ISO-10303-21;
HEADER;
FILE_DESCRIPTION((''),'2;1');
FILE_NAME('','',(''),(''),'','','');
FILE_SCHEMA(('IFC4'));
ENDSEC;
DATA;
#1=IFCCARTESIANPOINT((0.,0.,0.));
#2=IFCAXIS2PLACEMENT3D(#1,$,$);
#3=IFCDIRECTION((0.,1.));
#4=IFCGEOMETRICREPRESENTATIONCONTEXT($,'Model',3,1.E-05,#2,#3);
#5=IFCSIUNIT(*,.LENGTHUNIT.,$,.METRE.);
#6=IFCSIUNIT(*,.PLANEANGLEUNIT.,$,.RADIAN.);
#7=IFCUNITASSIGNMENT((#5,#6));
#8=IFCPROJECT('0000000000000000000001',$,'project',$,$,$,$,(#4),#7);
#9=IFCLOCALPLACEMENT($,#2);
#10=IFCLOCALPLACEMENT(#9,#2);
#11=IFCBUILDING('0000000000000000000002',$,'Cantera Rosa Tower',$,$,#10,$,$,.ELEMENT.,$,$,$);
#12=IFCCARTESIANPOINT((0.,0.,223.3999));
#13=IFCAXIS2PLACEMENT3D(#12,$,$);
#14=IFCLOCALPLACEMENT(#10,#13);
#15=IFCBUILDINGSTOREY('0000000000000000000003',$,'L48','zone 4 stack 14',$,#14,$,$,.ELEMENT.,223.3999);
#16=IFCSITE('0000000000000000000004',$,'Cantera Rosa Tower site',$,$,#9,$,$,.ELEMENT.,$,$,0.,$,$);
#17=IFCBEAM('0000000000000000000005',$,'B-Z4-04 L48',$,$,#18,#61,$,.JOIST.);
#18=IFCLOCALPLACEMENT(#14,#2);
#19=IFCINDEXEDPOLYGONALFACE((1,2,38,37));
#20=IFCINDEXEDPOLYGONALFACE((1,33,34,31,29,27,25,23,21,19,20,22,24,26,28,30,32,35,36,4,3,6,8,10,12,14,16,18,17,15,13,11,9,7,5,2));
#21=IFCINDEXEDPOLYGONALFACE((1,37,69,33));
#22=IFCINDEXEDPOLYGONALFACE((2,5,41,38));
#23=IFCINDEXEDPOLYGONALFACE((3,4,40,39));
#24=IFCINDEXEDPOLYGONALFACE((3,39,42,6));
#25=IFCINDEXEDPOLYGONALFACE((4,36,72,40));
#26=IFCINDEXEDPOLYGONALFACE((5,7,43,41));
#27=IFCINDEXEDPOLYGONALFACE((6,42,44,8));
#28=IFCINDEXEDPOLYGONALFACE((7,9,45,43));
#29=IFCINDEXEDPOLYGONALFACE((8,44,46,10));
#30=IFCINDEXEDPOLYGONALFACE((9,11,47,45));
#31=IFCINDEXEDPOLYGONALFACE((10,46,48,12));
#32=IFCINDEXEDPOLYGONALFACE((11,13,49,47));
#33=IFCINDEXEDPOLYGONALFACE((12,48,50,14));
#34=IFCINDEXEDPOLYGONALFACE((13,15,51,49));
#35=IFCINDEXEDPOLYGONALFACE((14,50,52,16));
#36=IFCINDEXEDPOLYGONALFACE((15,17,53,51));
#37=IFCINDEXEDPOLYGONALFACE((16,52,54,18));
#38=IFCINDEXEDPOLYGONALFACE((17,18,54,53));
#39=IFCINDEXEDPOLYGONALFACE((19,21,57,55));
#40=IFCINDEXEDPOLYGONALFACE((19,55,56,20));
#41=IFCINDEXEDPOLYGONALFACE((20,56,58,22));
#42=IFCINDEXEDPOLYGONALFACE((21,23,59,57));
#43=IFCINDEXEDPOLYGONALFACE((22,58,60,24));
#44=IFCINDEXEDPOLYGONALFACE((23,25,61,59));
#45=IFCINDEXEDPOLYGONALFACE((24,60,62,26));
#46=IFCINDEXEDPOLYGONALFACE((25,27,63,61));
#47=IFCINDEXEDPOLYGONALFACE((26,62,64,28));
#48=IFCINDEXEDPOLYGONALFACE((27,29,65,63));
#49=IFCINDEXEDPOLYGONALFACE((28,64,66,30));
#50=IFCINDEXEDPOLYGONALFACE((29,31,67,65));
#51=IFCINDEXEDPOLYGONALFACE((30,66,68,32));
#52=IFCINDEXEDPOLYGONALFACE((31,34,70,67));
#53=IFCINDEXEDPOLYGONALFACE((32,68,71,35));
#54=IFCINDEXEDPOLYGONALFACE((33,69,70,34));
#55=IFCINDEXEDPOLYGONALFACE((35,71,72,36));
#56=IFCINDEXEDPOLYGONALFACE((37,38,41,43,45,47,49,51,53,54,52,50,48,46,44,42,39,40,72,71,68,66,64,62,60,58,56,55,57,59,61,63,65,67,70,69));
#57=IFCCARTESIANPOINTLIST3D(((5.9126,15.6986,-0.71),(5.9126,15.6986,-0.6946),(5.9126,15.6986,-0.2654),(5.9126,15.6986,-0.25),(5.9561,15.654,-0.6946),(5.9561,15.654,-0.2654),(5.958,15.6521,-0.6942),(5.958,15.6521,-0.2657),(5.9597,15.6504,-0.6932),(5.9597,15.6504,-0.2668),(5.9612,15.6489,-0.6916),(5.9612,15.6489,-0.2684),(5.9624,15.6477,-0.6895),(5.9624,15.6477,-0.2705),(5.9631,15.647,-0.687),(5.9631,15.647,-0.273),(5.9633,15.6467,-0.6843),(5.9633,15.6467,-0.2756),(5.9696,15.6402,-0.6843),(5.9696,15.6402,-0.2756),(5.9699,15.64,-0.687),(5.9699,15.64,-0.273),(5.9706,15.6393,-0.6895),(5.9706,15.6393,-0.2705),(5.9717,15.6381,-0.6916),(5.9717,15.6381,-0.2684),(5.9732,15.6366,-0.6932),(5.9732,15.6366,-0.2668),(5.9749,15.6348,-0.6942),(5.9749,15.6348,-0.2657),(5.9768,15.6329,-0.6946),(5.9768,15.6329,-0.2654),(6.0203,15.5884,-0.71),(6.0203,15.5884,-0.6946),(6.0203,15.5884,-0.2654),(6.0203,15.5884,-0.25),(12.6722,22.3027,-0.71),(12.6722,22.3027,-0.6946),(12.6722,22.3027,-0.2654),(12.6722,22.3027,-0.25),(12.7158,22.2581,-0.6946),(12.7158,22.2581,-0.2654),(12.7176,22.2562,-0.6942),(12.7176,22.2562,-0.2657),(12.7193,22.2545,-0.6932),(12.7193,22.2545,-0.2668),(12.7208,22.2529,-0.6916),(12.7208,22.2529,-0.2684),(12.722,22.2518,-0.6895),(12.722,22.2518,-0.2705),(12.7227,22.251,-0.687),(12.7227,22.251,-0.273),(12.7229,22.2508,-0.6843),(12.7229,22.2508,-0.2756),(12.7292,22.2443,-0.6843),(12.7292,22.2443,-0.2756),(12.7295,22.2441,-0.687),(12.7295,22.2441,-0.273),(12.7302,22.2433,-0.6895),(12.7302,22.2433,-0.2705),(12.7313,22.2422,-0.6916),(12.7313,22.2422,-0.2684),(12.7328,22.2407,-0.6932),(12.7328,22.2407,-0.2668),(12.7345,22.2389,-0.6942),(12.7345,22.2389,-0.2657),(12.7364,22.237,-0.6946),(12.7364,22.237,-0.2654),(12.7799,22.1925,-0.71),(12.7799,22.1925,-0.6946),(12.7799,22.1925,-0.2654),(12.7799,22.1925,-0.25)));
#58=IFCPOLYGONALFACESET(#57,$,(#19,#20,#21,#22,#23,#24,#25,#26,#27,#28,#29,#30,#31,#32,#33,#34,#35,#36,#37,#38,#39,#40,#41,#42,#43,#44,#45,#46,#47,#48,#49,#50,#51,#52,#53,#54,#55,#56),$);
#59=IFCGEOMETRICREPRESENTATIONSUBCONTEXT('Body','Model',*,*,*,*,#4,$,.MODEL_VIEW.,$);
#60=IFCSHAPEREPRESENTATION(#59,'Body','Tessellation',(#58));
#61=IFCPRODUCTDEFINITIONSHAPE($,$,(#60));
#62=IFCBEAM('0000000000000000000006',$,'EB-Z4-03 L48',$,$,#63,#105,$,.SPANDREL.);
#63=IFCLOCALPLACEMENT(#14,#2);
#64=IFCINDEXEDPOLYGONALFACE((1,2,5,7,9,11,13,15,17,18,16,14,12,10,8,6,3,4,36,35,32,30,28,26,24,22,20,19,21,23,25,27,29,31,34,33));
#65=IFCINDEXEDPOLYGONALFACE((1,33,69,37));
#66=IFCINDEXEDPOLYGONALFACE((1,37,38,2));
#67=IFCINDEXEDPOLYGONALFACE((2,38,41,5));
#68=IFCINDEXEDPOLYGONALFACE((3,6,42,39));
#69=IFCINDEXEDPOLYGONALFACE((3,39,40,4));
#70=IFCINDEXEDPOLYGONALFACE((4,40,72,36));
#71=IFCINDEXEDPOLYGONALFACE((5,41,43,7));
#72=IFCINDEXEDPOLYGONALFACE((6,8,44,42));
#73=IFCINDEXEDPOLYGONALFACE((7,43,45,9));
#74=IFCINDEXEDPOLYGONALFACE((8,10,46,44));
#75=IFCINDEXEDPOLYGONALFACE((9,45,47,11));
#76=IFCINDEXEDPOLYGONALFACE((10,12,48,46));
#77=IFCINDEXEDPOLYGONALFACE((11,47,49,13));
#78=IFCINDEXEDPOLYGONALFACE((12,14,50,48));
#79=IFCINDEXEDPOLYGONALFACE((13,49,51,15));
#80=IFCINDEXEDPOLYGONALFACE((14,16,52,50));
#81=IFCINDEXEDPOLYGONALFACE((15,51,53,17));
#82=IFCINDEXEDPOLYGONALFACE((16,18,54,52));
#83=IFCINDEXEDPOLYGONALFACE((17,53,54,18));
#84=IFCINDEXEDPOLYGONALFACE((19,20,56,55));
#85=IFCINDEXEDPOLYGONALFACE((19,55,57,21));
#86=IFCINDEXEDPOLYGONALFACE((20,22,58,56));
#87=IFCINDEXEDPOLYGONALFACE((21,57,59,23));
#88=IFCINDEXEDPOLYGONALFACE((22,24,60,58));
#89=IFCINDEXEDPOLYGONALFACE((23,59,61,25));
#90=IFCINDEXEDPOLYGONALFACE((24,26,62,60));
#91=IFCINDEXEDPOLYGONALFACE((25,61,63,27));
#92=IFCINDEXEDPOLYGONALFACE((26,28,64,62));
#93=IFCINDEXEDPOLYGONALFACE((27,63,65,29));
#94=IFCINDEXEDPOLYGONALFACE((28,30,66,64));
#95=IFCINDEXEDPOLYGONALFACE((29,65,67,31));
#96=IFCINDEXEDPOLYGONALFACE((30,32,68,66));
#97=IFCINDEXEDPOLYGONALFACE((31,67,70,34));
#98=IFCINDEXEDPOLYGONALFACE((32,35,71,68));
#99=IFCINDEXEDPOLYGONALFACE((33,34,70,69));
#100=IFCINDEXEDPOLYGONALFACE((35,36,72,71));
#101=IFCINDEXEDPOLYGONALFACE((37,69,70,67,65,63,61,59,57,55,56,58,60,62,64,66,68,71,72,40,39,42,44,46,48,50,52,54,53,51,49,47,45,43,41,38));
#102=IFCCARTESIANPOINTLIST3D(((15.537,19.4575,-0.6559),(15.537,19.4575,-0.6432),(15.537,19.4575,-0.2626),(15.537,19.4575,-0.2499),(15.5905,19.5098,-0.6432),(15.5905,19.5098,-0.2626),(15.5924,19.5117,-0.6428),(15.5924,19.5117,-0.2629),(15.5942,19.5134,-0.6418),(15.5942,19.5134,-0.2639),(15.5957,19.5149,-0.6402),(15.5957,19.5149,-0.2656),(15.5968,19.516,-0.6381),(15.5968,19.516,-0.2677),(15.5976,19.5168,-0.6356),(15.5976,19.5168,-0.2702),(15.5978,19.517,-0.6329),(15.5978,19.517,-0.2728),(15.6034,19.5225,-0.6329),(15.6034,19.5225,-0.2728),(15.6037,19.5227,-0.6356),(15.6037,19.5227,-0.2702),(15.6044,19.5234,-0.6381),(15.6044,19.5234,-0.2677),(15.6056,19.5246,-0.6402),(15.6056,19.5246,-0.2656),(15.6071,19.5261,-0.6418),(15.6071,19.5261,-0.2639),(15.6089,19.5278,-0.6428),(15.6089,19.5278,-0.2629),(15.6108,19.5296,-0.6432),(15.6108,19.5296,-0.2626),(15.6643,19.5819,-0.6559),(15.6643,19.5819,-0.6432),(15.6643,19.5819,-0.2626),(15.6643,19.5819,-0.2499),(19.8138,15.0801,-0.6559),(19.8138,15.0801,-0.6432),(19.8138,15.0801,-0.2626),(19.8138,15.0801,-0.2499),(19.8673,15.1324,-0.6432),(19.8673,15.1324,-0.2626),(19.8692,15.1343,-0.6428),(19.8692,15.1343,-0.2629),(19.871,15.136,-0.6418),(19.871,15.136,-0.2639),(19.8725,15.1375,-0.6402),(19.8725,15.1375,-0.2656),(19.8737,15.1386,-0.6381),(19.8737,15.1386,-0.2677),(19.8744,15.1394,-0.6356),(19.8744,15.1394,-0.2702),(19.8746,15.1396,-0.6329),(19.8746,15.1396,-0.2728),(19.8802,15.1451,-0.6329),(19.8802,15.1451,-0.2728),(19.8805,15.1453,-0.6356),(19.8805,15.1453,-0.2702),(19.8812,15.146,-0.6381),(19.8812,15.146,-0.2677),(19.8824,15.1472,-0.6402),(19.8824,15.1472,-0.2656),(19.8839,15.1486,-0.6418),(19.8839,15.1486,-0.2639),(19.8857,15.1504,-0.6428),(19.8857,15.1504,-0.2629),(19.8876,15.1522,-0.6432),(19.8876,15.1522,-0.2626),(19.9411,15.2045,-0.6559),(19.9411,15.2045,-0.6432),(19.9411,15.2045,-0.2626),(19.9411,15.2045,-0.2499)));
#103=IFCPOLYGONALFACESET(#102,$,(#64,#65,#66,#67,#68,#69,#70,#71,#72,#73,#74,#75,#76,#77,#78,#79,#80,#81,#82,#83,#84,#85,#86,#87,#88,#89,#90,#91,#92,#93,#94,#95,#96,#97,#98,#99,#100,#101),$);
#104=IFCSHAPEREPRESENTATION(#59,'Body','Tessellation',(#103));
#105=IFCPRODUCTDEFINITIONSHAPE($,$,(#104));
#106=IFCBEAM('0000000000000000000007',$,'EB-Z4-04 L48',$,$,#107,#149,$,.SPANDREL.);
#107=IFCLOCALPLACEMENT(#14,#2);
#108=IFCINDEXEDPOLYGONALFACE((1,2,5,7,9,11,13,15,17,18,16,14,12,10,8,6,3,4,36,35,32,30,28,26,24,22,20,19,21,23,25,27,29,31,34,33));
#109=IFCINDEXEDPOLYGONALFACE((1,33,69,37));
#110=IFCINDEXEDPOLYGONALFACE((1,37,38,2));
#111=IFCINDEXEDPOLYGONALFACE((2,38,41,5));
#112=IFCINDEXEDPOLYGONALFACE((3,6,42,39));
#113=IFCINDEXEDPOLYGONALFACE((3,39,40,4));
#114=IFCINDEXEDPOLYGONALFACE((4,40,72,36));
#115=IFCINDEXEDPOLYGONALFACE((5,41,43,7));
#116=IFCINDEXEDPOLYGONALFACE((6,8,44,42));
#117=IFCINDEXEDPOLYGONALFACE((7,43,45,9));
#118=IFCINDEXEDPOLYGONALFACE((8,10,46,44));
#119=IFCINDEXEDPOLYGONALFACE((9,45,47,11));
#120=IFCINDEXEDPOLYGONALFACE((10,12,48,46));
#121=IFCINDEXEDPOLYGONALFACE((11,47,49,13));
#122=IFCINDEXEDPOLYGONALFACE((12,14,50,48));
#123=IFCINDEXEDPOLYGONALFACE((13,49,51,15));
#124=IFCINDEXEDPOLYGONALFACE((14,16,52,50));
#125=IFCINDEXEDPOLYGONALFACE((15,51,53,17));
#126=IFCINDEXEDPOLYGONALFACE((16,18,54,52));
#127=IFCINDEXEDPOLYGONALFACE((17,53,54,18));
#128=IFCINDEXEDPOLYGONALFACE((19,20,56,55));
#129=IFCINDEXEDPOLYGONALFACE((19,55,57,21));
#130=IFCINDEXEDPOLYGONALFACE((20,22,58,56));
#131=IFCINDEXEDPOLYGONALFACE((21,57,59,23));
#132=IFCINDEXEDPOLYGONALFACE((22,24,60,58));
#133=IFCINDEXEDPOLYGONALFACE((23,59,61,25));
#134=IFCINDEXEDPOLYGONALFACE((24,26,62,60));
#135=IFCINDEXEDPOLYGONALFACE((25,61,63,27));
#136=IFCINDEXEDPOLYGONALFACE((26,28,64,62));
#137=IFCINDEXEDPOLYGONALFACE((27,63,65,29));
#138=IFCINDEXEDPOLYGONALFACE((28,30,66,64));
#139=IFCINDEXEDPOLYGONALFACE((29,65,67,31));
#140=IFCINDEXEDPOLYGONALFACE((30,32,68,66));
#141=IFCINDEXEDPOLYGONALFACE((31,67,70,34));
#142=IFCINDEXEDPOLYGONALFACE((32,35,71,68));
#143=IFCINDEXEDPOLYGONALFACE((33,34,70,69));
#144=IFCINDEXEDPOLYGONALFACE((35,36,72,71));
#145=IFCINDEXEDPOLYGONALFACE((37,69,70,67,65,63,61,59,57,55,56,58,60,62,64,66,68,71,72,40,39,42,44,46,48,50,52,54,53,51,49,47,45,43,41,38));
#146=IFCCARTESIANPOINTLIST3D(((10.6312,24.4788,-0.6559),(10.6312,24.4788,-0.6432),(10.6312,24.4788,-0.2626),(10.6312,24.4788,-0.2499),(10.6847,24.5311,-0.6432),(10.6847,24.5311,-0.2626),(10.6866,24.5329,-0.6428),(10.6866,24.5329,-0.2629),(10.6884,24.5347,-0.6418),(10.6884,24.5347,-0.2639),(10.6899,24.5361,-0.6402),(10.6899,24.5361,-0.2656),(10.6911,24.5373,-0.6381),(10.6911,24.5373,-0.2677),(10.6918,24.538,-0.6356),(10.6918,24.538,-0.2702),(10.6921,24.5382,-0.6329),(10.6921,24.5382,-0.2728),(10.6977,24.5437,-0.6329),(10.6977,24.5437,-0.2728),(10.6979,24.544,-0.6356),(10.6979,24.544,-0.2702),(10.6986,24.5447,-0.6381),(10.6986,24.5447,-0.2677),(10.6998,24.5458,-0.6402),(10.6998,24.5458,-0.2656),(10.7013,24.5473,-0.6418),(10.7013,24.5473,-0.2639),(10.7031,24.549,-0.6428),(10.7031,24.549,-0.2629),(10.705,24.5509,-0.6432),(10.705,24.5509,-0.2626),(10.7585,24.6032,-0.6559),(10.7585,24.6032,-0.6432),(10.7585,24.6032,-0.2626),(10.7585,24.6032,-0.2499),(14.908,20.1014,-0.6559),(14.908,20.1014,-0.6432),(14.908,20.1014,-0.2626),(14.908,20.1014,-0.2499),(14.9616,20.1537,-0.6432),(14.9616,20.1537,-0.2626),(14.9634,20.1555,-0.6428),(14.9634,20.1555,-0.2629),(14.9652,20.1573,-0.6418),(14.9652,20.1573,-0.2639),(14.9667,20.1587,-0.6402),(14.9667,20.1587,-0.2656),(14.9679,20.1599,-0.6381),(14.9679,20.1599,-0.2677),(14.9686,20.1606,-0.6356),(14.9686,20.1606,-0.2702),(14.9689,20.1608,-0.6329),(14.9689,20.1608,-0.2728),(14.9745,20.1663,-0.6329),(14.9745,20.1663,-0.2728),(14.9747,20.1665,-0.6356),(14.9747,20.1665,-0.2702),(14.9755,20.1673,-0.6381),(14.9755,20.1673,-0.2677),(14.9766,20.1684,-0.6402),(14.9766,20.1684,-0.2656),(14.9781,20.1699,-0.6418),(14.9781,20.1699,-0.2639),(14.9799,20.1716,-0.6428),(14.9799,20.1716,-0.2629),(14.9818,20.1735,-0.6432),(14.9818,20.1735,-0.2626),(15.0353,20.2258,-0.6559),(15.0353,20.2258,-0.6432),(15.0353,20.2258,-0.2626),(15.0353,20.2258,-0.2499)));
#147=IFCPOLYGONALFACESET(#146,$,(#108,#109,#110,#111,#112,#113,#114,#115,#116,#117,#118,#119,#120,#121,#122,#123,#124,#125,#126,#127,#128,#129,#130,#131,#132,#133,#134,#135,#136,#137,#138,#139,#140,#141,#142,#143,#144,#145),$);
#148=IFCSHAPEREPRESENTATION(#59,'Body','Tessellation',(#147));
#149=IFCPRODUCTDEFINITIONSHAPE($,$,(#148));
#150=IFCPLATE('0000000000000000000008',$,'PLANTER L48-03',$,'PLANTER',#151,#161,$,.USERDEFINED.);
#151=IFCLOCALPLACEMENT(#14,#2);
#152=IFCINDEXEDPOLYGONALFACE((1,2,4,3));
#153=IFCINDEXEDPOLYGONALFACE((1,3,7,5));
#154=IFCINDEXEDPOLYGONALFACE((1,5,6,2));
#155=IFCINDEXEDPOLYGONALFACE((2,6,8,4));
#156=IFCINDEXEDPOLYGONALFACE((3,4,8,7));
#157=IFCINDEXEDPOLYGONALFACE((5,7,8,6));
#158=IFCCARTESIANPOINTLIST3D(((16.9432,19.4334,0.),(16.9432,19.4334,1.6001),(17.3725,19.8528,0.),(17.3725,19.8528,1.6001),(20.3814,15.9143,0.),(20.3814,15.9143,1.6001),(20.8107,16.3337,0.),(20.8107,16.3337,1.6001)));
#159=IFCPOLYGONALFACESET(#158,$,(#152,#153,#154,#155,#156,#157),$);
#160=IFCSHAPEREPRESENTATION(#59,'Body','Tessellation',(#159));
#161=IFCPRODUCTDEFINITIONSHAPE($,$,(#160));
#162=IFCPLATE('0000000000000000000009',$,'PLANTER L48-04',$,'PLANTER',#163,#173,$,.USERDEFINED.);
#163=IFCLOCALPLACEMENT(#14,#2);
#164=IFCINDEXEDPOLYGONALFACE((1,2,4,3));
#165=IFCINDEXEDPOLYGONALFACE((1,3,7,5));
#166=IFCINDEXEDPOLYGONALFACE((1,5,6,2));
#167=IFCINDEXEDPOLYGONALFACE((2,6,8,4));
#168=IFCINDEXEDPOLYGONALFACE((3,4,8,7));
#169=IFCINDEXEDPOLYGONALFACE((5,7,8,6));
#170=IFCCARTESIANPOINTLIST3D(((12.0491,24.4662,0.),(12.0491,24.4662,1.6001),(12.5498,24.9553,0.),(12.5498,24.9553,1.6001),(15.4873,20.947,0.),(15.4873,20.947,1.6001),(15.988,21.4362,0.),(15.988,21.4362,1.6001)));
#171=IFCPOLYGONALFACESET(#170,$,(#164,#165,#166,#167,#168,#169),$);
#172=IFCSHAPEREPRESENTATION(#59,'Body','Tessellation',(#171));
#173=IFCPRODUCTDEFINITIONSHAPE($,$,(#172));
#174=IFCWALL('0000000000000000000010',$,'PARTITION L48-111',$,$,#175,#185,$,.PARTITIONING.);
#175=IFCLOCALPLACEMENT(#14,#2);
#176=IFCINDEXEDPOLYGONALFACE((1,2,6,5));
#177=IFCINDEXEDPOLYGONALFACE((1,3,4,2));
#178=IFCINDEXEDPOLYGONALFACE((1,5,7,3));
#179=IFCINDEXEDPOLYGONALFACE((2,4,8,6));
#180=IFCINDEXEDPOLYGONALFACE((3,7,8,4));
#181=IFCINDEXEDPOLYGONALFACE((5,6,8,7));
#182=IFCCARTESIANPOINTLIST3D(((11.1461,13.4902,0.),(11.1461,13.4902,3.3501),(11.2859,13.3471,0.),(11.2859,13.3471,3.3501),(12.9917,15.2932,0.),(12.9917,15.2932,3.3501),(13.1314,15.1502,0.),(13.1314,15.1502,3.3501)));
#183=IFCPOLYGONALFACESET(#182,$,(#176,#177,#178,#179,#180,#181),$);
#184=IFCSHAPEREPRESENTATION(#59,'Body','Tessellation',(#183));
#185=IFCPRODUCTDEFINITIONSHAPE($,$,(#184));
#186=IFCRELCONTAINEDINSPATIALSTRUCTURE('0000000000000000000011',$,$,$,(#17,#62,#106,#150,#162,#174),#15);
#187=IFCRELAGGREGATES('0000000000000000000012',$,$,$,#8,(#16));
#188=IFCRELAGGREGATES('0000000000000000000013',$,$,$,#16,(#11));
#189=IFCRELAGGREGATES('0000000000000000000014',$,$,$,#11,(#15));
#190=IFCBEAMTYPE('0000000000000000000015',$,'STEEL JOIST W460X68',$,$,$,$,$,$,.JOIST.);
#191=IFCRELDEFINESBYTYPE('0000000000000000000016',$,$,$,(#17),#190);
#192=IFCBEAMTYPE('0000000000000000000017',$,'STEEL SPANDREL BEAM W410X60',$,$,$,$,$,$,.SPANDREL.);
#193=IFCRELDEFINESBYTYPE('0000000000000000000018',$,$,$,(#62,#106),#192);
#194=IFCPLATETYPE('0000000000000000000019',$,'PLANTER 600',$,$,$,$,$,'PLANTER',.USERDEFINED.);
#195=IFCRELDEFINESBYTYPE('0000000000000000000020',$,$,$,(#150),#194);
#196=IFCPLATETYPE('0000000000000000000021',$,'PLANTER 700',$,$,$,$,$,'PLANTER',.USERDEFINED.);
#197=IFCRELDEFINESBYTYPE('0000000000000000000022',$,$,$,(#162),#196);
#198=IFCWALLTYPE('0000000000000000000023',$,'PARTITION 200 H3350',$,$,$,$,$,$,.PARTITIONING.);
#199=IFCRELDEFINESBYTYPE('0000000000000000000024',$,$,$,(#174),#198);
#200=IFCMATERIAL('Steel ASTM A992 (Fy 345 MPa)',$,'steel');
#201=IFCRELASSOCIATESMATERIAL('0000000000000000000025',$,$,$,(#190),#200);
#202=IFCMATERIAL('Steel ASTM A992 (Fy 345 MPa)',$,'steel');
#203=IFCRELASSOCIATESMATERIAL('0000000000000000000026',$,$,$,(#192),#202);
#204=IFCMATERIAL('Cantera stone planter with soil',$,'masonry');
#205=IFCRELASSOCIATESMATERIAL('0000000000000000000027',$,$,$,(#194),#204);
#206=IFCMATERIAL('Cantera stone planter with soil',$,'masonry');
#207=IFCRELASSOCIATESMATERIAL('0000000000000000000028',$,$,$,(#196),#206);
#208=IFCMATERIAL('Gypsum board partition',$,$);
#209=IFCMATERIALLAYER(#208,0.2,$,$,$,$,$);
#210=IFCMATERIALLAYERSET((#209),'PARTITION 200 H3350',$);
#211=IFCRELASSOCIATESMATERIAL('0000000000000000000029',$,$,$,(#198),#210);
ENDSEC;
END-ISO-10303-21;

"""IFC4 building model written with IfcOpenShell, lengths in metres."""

from ifc_helpers import new_model, si_unit, direction, frame, frame_2d, origin, origin_2d, place, context, subcontext, project, spatial, rectangle, i_section, extrude, material, layer, layer_set, material_profile, profile_set, type_object, element, save


model = new_model("IFC4")

# Units and contexts
model_context = context("Model", 3, precision=1e-05, world=origin(), true_north=direction((0.0, 1.0)))
body_context = subcontext(model_context, "Body", "Model", "MODEL_VIEW")
ifc_project = project(units=[si_unit("LENGTHUNIT", "METRE"), si_unit("PLANEANGLEUNIT", "RADIAN")], contexts=[model_context])

# Site, building, storey
site_placement = place(None, origin())
site = spatial("IfcSite", under=ifc_project, at=site_placement, Name="Cantera Rosa Tower site", CompositionType="ELEMENT", RefElevation=0.0)
building_placement = place(site_placement, origin())
building = spatial("IfcBuilding", under=site, at=building_placement, Name="Cantera Rosa Tower", CompositionType="ELEMENT")
storey_placement = place(building_placement, frame((0.0, 0.0, 223.3999)))
storey = spatial("IfcBuildingStorey", under=building, at=storey_placement, Name="L48", Description="zone 4 stack 14", CompositionType="ELEMENT", Elevation=223.3999)

# Beams
ifc_material_1 = material(Name="Steel ASTM A992 (Fy 345 MPa)", Category="steel")
ifc_material_profile_1 = material_profile(ifc_material_1, i_section(OverallWidth=0.1541, OverallDepth=0.46, WebThickness=0.009, FlangeThickness=0.0154, FilletRadius=0.0103, at=origin_2d()), Name="W460X68")
ifc_profile_set_1 = profile_set([ifc_material_profile_1], Name="Steel ASTM A992 (Fy 345 MPa)")
beam_type_1 = type_object("IfcBeamType", Name="STEEL JOIST W460X68", PredefinedType="JOIST", material=ifc_profile_set_1)
for number, where, z_axis, x_axis, name in (
    (1, (12.7261, 22.2476, -0.48), (-0.715287, -0.698831, 0.0), (0.698831, -0.715287, 0.0), "B-Z4-04 L48"),
):
    element("IfcBeam", number, at=place(storey_placement, frame(where, z_axis=z_axis, x_axis=x_axis)), inside=storey, type_object=beam_type_1, Name=name, PredefinedType="JOIST", context=body_context, shape_type="SweptSolid", body=[
        extrude(i_section(OverallWidth=0.1541, OverallDepth=0.46, WebThickness=0.009, FlangeThickness=0.0154, FilletRadius=0.0103, at=origin_2d()), origin(), (0.0, 0.0, 1.0), 9.4502),
    ])
ifc_material_2 = material(Name="Steel ASTM A992 (Fy 345 MPa)", Category="steel")
ifc_material_profile_2 = material_profile(ifc_material_2, i_section(OverallWidth=0.178, OverallDepth=0.406, WebThickness=0.0078, FlangeThickness=0.0127, FilletRadius=0.0103, at=origin_2d()), Name="W410X60")
ifc_profile_set_2 = profile_set([ifc_material_profile_2], Name="Steel ASTM A992 (Fy 345 MPa)")
beam_type_2 = type_object("IfcBeamType", Name="STEEL SPANDREL BEAM W410X60", PredefinedType="SPANDREL", material=ifc_profile_set_2)
for number, where, z_axis, x_axis, name in (
    (2, (19.8774, 15.1423, -0.4529), (-0.698841, 0.715277, 0.0), (-0.715277, -0.698841, 0.0), "EB-Z4-03 L48"),
    (3, (14.9717, 20.1636, -0.4529), (-0.698841, 0.715277, 0.0), (-0.715277, -0.698841, 0.0), "EB-Z4-04 L48"),
):
    element("IfcBeam", number, at=place(storey_placement, frame(where, z_axis=z_axis, x_axis=x_axis)), inside=storey, type_object=beam_type_2, Name=name, PredefinedType="SPANDREL", context=body_context, shape_type="SweptSolid", body=[
        extrude(i_section(OverallWidth=0.178, OverallDepth=0.406, WebThickness=0.0078, FlangeThickness=0.0127, FilletRadius=0.0103, at=origin_2d()), origin(), (0.0, 0.0, 1.0), 6.1199),
    ])

# Plates
ifc_material_3 = material(Name="Cantera stone planter with soil", Category="masonry")
plate_type_1 = type_object("IfcPlateType", Name="PLANTER 600", ElementType="PLANTER", PredefinedType="USERDEFINED", material=ifc_material_3)
plate_1_placement = place(storey_placement, frame((18.877, 17.8835, 0.0), z_axis=(0.0, 0.0, 1.0), x_axis=(-0.698832, 0.715286, 0.0)))
element("IfcPlate", 4, at=plate_1_placement, inside=storey, type_object=plate_type_1, Name="PLANTER L48-03", ObjectType="PLANTER", PredefinedType="USERDEFINED", context=body_context, shape_type="SweptSolid", body=[
    extrude(rectangle(XDim=4.9199, YDim=0.6001, at=origin_2d()), origin(), (0.0, 0.0, 1.0), 1.6001),
])
ifc_material_4 = material(Name="Cantera stone planter with soil", Category="masonry")
plate_type_2 = type_object("IfcPlateType", Name="PLANTER 700", ElementType="PLANTER", PredefinedType="USERDEFINED", material=ifc_material_4)
plate_2_placement = place(storey_placement, frame((14.0186, 22.9512, 0.0), z_axis=(0.0, 0.0, 1.0), x_axis=(-0.698832, 0.715286, 0.0)))
element("IfcPlate", 5, at=plate_2_placement, inside=storey, type_object=plate_type_2, Name="PLANTER L48-04", ObjectType="PLANTER", PredefinedType="USERDEFINED", context=body_context, shape_type="SweptSolid", body=[
    extrude(rectangle(XDim=4.9199, YDim=0.7, at=origin_2d()), origin(), (0.0, 0.0, 1.0), 1.6001),
])

# Wall
ifc_material_5 = material(Name="Gypsum board partition")
ifc_layer_1 = layer(ifc_material_5, 0.2)
ifc_layer_set_1 = layer_set([ifc_layer_1], Name="PARTITION 200 H3350")
wall_type_1 = type_object("IfcWallType", Name="PARTITION 200 H3350", PredefinedType="PARTITIONING", material=ifc_layer_set_1)
wall_1_placement = place(storey_placement, frame((13.0615, 15.2217, 0.0), z_axis=(0.0, 0.0, 1.0), x_axis=(-0.715291, -0.698826, 0.0)))
element("IfcWall", 6, at=wall_1_placement, inside=storey, type_object=wall_type_1, Name="PARTITION L48-111", PredefinedType="PARTITIONING", context=body_context, shape_type="SweptSolid", body=[
    extrude(rectangle(XDim=2.5801, YDim=0.2, at=frame_2d((1.29, 0.0))), origin(), (0.0, 0.0, 1.0), 3.3501),
])

save(model, "model.ifc")
